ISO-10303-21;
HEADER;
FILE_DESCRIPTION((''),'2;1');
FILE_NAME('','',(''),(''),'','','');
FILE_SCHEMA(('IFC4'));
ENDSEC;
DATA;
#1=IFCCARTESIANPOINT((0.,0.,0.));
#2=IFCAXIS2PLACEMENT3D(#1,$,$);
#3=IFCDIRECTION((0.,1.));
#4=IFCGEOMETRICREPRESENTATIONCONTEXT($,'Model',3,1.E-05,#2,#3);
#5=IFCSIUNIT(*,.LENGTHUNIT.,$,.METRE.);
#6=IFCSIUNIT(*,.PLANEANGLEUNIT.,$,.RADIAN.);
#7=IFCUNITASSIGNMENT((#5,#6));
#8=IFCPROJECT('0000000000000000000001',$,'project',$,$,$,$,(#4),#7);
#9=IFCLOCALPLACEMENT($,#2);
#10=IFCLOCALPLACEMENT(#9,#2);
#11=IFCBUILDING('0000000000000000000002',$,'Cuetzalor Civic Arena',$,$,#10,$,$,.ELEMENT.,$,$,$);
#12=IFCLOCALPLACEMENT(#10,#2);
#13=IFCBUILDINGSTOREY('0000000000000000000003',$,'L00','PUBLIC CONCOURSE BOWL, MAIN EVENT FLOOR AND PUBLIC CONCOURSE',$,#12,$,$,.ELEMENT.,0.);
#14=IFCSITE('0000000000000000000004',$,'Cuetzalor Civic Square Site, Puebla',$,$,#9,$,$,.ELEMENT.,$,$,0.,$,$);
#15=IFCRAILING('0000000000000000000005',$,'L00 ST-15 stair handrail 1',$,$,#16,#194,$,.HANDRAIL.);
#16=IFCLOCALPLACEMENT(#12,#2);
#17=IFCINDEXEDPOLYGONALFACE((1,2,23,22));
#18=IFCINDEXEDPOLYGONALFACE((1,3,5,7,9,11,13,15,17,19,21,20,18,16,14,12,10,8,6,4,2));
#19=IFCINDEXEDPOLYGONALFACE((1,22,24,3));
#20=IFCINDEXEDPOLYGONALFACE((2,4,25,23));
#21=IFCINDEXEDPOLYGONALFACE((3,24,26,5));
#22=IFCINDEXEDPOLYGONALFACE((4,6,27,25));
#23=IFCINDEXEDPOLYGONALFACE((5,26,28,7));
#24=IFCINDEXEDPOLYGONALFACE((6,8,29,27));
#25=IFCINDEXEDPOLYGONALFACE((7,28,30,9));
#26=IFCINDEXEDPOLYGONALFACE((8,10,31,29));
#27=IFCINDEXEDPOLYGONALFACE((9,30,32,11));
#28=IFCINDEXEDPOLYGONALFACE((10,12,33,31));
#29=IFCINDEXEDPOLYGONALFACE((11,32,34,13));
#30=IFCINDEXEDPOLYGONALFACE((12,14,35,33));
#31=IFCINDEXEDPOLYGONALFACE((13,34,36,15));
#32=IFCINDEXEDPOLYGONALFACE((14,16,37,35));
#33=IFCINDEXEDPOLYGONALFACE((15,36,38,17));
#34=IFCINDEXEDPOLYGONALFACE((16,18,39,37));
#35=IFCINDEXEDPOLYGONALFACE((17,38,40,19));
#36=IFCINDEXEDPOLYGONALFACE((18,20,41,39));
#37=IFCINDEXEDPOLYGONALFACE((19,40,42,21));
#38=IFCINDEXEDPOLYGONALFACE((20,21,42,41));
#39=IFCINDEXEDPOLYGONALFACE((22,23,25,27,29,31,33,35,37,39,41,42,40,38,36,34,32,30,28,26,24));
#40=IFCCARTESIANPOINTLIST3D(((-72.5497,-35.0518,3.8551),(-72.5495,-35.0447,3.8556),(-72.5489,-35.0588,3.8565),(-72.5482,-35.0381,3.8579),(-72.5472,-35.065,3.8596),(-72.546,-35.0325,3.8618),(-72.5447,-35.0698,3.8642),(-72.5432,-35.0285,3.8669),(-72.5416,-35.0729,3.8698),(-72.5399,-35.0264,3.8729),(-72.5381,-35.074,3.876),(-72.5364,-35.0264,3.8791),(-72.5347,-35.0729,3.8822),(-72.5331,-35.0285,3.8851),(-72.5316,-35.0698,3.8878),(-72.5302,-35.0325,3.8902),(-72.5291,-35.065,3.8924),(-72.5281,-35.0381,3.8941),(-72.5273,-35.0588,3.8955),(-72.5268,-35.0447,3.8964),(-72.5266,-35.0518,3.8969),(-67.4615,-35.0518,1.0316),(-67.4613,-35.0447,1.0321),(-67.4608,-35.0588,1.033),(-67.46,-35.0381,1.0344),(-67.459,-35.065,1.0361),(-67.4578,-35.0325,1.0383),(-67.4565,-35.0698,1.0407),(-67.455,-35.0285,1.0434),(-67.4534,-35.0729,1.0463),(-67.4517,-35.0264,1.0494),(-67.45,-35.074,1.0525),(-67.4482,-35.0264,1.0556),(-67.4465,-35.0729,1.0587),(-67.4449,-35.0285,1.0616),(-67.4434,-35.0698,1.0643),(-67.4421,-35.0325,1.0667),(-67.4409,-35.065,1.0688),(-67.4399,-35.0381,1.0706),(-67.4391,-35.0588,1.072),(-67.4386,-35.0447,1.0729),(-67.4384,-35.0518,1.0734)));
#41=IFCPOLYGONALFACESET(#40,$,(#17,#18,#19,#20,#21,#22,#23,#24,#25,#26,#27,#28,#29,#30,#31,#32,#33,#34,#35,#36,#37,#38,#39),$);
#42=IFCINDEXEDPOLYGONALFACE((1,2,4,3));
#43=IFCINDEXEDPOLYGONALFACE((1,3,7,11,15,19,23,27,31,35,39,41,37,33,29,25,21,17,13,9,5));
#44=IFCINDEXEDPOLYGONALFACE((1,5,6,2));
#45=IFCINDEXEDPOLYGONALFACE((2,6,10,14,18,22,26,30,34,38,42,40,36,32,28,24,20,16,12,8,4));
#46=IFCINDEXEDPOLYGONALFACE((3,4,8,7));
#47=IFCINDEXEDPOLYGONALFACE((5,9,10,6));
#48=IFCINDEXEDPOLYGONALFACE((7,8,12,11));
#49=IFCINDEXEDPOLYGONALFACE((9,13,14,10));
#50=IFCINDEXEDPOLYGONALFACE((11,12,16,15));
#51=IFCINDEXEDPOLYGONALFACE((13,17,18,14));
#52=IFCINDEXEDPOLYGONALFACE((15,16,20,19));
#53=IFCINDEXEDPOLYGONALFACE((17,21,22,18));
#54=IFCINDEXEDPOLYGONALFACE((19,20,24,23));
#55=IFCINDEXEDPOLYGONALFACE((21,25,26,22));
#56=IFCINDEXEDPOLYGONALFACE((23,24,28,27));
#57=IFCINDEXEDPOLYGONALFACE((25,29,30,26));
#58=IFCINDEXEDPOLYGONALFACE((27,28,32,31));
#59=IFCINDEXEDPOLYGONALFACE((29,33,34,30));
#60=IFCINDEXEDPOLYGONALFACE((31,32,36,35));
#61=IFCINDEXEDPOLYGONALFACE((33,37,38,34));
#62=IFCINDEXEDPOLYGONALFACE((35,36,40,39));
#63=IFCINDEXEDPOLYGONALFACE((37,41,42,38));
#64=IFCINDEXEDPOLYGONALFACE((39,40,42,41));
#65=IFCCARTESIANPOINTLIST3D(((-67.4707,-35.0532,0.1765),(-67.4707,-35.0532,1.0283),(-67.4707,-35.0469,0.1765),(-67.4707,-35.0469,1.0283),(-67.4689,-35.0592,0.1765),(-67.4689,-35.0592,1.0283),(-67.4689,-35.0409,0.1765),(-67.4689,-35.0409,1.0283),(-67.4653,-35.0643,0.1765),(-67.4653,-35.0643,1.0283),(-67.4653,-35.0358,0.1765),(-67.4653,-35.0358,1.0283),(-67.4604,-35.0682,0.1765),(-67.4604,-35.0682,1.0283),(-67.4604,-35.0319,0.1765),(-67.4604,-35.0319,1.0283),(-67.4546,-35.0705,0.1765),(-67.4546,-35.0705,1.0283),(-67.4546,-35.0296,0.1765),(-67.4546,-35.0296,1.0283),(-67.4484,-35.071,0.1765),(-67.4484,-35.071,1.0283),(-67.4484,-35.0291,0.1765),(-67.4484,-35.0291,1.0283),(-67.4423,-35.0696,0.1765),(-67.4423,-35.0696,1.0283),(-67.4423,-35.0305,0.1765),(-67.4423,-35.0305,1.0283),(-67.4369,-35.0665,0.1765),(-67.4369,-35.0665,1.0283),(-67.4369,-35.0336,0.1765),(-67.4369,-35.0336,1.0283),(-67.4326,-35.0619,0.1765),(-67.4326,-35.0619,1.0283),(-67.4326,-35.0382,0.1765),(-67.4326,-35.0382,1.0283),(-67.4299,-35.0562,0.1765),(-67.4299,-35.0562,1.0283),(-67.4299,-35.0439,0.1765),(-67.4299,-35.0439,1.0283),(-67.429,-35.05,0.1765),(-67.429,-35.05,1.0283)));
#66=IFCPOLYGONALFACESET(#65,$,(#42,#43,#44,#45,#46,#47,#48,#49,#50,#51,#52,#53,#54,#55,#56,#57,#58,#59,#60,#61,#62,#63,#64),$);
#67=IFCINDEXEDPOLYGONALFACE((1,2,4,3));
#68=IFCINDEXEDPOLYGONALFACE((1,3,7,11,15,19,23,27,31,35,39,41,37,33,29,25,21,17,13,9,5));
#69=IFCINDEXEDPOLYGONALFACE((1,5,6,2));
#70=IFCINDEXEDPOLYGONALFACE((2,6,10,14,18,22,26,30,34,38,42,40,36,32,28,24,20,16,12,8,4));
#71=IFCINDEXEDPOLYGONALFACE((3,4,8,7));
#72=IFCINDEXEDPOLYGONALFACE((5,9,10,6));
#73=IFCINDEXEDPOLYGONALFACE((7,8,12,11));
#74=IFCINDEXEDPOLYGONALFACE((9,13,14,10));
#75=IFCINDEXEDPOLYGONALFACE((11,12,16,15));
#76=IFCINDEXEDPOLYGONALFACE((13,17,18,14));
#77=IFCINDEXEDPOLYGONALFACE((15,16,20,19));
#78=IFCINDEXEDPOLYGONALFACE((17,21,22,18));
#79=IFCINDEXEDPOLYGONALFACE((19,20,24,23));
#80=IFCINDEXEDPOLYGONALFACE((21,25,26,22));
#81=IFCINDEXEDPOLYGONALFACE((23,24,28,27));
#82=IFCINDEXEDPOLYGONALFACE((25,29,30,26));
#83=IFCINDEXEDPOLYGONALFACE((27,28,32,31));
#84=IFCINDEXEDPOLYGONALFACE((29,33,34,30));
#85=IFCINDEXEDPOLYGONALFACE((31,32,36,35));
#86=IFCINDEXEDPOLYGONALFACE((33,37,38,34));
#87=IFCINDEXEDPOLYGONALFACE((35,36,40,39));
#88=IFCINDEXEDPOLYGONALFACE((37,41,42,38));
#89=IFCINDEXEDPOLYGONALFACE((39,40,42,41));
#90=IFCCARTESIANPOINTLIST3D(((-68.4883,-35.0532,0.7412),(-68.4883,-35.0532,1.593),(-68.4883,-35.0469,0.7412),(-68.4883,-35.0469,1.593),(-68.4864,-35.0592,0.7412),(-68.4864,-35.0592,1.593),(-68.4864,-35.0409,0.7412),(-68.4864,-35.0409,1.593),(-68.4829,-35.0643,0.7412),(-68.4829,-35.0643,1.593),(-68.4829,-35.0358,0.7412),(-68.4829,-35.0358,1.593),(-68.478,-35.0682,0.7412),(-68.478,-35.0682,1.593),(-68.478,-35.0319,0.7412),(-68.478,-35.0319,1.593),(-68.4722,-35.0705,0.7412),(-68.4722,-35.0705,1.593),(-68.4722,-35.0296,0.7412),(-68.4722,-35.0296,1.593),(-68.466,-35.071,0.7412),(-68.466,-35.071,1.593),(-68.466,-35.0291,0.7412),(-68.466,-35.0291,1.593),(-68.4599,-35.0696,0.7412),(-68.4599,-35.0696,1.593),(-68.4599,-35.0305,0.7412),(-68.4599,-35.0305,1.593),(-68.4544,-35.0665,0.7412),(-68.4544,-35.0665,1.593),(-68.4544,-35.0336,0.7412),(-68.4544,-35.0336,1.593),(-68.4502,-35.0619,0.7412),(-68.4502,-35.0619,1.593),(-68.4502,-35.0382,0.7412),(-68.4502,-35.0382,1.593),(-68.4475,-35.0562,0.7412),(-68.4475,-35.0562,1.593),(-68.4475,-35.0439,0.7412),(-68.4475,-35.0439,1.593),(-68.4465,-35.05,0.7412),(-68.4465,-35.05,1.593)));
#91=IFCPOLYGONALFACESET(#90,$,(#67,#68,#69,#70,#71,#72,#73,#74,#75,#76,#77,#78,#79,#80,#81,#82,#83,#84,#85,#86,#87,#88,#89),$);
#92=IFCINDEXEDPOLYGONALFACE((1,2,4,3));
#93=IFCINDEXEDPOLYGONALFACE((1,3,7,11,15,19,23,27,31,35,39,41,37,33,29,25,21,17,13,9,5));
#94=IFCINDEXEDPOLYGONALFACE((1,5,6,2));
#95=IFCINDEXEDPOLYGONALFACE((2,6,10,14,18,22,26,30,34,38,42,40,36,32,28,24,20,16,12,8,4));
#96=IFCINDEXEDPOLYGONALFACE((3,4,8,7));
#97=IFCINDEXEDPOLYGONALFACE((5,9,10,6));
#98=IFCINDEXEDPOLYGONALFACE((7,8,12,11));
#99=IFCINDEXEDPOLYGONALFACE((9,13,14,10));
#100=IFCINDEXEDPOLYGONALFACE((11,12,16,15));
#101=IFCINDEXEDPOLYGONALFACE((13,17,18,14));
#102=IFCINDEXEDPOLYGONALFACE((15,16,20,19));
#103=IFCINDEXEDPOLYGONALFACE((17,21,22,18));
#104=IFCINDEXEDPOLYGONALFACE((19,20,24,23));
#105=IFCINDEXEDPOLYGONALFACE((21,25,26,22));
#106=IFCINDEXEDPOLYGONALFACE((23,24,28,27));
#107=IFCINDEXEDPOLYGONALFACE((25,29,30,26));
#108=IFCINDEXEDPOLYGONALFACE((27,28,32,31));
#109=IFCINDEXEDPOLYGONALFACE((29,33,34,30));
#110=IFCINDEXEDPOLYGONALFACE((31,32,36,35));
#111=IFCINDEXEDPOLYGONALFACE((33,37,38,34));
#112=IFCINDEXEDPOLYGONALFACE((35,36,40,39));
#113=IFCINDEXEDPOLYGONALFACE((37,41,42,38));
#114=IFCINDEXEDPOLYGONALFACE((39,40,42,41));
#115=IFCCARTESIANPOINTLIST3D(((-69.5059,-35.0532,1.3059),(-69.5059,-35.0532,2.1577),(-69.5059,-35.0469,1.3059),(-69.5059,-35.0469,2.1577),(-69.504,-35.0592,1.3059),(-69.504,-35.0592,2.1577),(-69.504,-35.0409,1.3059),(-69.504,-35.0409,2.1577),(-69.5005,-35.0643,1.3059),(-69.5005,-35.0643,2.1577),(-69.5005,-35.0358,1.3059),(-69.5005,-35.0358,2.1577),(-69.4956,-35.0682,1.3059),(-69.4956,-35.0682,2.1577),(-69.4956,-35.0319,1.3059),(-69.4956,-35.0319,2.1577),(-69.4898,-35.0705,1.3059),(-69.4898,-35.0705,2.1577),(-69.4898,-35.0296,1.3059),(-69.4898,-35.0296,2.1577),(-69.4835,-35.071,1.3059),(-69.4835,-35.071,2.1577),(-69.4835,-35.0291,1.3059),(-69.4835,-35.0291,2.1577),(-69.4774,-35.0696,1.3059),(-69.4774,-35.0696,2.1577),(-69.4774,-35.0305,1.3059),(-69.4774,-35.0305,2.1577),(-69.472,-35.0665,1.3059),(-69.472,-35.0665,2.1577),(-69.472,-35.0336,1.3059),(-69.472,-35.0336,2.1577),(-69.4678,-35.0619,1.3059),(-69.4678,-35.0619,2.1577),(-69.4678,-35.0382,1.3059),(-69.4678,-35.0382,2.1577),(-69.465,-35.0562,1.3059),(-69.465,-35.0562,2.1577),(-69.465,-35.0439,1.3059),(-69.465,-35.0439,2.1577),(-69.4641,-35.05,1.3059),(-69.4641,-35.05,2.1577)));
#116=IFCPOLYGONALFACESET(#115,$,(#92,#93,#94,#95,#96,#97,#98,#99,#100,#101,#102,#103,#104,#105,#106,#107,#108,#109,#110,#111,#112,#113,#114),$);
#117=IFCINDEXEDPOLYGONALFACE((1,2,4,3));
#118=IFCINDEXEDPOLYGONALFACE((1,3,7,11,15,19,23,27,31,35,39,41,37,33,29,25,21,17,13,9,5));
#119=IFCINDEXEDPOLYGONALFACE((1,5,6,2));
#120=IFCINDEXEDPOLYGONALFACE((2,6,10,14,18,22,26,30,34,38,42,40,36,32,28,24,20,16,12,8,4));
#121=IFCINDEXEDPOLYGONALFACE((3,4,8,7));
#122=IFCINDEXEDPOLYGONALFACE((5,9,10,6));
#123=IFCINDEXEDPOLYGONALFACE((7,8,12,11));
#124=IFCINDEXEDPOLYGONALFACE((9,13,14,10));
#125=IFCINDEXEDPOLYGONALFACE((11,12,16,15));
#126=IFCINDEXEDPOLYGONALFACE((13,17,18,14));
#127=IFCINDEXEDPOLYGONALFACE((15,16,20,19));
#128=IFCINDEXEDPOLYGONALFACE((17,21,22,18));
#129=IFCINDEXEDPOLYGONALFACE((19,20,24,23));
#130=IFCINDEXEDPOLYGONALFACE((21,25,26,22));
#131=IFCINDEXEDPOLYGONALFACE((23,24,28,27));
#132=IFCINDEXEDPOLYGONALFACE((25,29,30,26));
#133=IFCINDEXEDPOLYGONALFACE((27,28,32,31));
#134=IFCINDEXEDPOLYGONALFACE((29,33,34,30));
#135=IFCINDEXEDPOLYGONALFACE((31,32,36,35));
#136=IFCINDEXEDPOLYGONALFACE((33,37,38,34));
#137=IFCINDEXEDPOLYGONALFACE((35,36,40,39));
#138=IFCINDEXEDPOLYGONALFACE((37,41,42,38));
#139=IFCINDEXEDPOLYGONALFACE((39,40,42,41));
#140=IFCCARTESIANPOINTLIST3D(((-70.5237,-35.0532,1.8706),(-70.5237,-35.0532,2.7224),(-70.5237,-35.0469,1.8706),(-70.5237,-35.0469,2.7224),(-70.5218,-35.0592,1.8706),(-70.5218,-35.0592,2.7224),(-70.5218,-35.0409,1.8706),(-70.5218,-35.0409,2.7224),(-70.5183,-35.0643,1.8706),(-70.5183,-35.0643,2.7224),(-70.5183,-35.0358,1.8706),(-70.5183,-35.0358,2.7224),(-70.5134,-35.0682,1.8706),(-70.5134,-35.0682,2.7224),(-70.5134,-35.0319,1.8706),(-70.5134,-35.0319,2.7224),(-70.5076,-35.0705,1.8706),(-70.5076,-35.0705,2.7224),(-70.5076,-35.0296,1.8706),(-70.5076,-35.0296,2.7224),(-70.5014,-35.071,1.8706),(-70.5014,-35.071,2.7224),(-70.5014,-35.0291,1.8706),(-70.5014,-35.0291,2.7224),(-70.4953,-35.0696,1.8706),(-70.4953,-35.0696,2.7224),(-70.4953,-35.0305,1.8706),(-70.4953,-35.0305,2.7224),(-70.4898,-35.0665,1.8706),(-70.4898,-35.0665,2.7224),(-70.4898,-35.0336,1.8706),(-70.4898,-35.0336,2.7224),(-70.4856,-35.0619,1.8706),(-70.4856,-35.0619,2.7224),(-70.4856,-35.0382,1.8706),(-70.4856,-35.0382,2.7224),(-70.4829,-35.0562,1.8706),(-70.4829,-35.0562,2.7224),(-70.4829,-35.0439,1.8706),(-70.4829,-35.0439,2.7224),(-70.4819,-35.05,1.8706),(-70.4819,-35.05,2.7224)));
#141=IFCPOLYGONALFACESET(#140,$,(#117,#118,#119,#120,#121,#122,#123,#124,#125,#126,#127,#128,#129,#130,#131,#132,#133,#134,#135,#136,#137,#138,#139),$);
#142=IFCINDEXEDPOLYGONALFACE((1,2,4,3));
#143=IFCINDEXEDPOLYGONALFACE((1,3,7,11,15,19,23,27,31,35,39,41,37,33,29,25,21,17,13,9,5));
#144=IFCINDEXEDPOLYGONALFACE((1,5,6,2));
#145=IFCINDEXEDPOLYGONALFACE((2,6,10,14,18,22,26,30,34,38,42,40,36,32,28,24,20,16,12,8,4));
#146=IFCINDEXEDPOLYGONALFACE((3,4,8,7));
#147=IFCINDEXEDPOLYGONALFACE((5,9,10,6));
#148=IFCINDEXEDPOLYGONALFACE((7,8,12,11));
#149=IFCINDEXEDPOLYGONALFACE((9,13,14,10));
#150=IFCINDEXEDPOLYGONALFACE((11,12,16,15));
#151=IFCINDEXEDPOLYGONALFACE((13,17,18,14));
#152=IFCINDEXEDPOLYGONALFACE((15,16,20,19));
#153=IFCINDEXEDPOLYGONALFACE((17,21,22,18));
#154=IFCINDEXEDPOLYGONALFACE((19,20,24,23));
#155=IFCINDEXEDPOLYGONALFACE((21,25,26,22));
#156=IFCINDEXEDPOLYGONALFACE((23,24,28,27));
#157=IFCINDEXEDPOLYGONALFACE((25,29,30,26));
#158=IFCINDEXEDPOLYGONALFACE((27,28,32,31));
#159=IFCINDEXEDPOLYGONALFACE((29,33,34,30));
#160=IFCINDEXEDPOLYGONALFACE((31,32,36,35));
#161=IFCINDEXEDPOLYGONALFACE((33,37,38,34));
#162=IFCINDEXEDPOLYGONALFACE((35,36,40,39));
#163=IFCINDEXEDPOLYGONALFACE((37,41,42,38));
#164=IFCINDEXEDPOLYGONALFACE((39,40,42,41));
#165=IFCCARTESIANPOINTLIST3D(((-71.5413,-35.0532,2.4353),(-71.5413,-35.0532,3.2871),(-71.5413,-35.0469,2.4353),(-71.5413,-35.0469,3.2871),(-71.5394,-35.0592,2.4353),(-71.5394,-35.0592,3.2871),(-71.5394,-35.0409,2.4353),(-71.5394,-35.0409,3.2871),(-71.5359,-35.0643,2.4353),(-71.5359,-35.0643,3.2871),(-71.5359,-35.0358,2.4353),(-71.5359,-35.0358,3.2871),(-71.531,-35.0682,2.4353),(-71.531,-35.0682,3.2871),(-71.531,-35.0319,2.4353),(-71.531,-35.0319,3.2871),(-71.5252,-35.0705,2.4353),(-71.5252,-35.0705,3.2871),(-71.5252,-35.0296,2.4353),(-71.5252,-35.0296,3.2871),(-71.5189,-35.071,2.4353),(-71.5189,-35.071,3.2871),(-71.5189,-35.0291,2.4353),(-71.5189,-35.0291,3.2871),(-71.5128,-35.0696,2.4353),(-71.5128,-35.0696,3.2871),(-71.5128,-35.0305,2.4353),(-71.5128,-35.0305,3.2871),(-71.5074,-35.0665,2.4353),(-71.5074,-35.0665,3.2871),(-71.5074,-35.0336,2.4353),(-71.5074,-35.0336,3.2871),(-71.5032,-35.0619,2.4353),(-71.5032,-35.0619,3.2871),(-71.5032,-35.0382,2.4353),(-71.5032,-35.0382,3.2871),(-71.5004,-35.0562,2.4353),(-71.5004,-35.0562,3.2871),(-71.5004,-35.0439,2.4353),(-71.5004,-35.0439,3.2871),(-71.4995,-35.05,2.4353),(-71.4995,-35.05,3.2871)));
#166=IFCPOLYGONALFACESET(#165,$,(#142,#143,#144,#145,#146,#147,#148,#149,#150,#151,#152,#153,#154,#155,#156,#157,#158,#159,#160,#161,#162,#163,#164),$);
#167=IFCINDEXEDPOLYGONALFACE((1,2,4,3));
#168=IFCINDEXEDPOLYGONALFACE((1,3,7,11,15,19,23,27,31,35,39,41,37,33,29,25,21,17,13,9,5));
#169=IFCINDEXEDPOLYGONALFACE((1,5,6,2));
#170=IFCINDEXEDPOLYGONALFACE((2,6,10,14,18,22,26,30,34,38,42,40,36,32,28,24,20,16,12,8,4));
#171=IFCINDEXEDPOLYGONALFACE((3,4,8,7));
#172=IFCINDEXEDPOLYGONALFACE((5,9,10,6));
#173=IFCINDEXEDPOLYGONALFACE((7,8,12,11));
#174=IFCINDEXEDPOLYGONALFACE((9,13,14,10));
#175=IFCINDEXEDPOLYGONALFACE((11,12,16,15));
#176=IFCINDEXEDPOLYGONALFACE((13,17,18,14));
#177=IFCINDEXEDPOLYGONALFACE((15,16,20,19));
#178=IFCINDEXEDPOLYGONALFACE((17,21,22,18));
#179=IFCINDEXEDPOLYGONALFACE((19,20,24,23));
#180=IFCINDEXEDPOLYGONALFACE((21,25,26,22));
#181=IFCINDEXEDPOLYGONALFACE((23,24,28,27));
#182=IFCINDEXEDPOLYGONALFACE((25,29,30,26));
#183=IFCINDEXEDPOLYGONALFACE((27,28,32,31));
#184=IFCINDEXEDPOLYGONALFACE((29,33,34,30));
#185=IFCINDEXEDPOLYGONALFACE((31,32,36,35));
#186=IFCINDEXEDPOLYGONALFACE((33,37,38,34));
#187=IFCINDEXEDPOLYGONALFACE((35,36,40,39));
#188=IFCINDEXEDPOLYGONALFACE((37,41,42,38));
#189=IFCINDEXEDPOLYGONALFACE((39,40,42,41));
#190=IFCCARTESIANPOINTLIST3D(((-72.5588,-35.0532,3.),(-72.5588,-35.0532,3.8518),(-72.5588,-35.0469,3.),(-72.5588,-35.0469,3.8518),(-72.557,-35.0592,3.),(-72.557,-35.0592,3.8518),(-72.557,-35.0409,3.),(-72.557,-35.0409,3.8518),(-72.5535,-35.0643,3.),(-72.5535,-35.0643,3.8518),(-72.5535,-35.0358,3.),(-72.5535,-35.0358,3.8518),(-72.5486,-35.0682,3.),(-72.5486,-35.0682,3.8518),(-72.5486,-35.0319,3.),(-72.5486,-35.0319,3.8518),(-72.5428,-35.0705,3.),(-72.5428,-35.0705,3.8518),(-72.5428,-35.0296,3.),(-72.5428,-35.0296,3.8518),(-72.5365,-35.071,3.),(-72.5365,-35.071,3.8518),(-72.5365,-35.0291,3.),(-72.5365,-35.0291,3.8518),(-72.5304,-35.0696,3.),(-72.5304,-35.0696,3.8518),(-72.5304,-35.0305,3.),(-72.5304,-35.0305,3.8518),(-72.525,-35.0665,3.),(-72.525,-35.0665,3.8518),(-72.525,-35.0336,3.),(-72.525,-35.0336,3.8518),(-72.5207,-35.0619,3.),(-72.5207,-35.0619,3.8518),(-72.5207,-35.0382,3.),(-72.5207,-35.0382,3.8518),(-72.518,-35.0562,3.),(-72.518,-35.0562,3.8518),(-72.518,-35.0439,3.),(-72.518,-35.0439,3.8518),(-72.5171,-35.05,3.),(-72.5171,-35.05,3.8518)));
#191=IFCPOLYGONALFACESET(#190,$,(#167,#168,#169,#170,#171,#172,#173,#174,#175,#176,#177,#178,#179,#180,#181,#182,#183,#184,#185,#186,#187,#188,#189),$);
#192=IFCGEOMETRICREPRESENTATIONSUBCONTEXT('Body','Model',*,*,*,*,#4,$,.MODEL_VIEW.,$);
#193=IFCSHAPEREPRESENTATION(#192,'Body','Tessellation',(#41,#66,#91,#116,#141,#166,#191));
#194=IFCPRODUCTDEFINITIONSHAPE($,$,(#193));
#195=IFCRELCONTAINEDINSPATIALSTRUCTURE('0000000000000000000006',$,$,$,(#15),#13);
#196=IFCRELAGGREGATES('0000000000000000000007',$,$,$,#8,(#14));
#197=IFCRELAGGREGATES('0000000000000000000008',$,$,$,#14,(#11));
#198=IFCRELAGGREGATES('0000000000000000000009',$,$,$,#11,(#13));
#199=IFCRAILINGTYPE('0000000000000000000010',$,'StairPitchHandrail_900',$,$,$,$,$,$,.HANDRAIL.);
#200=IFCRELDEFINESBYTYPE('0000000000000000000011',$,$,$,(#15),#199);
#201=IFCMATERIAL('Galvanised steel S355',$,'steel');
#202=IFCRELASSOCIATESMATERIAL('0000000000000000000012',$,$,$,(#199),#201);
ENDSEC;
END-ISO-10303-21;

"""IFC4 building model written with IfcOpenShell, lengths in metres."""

from ifc_helpers import new_model, si_unit, direction, frame, origin, origin_2d, place, context, subcontext, project, spatial, circle, extrude, material, type_object, element, save


model = new_model("IFC4")

# Units and contexts
model_context = context("Model", 3, precision=1e-05, world=origin(), true_north=direction((0.0, 1.0)))
body_context = subcontext(model_context, "Body", "Model", "MODEL_VIEW")
ifc_project = project(units=[si_unit("LENGTHUNIT", "METRE"), si_unit("PLANEANGLEUNIT", "RADIAN")], contexts=[model_context])

# Site, building, storey
site_placement = place(None, origin())
site = spatial("IfcSite", under=ifc_project, at=site_placement, Name="Cuetzalor Civic Square Site, Puebla", CompositionType="ELEMENT", RefElevation=0.0)
building_placement = place(site_placement, origin())
building = spatial("IfcBuilding", under=site, at=building_placement, Name="Cuetzalor Civic Arena", CompositionType="ELEMENT")
storey_placement = place(building_placement, origin())
storey = spatial("IfcBuildingStorey", under=building, at=storey_placement, Name="L00", Description="PUBLIC CONCOURSE BOWL, MAIN EVENT FLOOR AND PUBLIC CONCOURSE", CompositionType="ELEMENT", Elevation=0.0)

# Railing
ifc_material_1 = material(Name="Galvanised steel S355", Category="steel")
railing_type_1 = type_object("IfcRailingType", Name="StairPitchHandrail_900", PredefinedType="HANDRAIL", material=ifc_material_1)
for number, where, name in (
    (1, (-67.45, -35.05, 0.1765), "L00 ST-15 stair handrail 1"),
):
    element("IfcRailing", number, at=place(storey_placement, frame(where)), inside=storey, type_object=railing_type_1, Name=name, PredefinedType="HANDRAIL", context=body_context, shape_type="SweptSolid", body=[
        extrude(circle(Radius=0.0239, at=origin_2d()), frame((0.0, 0.0, 0.876), z_axis=(-0.874395, 0.0, 0.485215), x_axis=(0.0, -1.0, 0.0)), (0.0, 0.0, 1.0), 5.8191),
        extrude(circle(Radius=0.021, at=origin_2d()), origin(), (0.0, 0.0, 1.0), 0.8518),
        extrude(circle(Radius=0.021, at=origin_2d()), frame((-1.0176, 0.0, 0.5647)), (0.0, 0.0, 1.0), 0.8518),
        extrude(circle(Radius=0.021, at=origin_2d()), frame((-2.0352, 0.0, 1.1294)), (0.0, 0.0, 1.0), 0.8518),
        extrude(circle(Radius=0.021, at=origin_2d()), frame((-3.053, 0.0, 1.6941)), (0.0, 0.0, 1.0), 0.8518),
        extrude(circle(Radius=0.021, at=origin_2d()), frame((-4.0706, 0.0, 2.2588)), (0.0, 0.0, 1.0), 0.8518),
        extrude(circle(Radius=0.021, at=origin_2d()), frame((-5.0881, 0.0, 2.8235)), (0.0, 0.0, 1.0), 0.8518),
    ])

save(model, "model.ifc")
